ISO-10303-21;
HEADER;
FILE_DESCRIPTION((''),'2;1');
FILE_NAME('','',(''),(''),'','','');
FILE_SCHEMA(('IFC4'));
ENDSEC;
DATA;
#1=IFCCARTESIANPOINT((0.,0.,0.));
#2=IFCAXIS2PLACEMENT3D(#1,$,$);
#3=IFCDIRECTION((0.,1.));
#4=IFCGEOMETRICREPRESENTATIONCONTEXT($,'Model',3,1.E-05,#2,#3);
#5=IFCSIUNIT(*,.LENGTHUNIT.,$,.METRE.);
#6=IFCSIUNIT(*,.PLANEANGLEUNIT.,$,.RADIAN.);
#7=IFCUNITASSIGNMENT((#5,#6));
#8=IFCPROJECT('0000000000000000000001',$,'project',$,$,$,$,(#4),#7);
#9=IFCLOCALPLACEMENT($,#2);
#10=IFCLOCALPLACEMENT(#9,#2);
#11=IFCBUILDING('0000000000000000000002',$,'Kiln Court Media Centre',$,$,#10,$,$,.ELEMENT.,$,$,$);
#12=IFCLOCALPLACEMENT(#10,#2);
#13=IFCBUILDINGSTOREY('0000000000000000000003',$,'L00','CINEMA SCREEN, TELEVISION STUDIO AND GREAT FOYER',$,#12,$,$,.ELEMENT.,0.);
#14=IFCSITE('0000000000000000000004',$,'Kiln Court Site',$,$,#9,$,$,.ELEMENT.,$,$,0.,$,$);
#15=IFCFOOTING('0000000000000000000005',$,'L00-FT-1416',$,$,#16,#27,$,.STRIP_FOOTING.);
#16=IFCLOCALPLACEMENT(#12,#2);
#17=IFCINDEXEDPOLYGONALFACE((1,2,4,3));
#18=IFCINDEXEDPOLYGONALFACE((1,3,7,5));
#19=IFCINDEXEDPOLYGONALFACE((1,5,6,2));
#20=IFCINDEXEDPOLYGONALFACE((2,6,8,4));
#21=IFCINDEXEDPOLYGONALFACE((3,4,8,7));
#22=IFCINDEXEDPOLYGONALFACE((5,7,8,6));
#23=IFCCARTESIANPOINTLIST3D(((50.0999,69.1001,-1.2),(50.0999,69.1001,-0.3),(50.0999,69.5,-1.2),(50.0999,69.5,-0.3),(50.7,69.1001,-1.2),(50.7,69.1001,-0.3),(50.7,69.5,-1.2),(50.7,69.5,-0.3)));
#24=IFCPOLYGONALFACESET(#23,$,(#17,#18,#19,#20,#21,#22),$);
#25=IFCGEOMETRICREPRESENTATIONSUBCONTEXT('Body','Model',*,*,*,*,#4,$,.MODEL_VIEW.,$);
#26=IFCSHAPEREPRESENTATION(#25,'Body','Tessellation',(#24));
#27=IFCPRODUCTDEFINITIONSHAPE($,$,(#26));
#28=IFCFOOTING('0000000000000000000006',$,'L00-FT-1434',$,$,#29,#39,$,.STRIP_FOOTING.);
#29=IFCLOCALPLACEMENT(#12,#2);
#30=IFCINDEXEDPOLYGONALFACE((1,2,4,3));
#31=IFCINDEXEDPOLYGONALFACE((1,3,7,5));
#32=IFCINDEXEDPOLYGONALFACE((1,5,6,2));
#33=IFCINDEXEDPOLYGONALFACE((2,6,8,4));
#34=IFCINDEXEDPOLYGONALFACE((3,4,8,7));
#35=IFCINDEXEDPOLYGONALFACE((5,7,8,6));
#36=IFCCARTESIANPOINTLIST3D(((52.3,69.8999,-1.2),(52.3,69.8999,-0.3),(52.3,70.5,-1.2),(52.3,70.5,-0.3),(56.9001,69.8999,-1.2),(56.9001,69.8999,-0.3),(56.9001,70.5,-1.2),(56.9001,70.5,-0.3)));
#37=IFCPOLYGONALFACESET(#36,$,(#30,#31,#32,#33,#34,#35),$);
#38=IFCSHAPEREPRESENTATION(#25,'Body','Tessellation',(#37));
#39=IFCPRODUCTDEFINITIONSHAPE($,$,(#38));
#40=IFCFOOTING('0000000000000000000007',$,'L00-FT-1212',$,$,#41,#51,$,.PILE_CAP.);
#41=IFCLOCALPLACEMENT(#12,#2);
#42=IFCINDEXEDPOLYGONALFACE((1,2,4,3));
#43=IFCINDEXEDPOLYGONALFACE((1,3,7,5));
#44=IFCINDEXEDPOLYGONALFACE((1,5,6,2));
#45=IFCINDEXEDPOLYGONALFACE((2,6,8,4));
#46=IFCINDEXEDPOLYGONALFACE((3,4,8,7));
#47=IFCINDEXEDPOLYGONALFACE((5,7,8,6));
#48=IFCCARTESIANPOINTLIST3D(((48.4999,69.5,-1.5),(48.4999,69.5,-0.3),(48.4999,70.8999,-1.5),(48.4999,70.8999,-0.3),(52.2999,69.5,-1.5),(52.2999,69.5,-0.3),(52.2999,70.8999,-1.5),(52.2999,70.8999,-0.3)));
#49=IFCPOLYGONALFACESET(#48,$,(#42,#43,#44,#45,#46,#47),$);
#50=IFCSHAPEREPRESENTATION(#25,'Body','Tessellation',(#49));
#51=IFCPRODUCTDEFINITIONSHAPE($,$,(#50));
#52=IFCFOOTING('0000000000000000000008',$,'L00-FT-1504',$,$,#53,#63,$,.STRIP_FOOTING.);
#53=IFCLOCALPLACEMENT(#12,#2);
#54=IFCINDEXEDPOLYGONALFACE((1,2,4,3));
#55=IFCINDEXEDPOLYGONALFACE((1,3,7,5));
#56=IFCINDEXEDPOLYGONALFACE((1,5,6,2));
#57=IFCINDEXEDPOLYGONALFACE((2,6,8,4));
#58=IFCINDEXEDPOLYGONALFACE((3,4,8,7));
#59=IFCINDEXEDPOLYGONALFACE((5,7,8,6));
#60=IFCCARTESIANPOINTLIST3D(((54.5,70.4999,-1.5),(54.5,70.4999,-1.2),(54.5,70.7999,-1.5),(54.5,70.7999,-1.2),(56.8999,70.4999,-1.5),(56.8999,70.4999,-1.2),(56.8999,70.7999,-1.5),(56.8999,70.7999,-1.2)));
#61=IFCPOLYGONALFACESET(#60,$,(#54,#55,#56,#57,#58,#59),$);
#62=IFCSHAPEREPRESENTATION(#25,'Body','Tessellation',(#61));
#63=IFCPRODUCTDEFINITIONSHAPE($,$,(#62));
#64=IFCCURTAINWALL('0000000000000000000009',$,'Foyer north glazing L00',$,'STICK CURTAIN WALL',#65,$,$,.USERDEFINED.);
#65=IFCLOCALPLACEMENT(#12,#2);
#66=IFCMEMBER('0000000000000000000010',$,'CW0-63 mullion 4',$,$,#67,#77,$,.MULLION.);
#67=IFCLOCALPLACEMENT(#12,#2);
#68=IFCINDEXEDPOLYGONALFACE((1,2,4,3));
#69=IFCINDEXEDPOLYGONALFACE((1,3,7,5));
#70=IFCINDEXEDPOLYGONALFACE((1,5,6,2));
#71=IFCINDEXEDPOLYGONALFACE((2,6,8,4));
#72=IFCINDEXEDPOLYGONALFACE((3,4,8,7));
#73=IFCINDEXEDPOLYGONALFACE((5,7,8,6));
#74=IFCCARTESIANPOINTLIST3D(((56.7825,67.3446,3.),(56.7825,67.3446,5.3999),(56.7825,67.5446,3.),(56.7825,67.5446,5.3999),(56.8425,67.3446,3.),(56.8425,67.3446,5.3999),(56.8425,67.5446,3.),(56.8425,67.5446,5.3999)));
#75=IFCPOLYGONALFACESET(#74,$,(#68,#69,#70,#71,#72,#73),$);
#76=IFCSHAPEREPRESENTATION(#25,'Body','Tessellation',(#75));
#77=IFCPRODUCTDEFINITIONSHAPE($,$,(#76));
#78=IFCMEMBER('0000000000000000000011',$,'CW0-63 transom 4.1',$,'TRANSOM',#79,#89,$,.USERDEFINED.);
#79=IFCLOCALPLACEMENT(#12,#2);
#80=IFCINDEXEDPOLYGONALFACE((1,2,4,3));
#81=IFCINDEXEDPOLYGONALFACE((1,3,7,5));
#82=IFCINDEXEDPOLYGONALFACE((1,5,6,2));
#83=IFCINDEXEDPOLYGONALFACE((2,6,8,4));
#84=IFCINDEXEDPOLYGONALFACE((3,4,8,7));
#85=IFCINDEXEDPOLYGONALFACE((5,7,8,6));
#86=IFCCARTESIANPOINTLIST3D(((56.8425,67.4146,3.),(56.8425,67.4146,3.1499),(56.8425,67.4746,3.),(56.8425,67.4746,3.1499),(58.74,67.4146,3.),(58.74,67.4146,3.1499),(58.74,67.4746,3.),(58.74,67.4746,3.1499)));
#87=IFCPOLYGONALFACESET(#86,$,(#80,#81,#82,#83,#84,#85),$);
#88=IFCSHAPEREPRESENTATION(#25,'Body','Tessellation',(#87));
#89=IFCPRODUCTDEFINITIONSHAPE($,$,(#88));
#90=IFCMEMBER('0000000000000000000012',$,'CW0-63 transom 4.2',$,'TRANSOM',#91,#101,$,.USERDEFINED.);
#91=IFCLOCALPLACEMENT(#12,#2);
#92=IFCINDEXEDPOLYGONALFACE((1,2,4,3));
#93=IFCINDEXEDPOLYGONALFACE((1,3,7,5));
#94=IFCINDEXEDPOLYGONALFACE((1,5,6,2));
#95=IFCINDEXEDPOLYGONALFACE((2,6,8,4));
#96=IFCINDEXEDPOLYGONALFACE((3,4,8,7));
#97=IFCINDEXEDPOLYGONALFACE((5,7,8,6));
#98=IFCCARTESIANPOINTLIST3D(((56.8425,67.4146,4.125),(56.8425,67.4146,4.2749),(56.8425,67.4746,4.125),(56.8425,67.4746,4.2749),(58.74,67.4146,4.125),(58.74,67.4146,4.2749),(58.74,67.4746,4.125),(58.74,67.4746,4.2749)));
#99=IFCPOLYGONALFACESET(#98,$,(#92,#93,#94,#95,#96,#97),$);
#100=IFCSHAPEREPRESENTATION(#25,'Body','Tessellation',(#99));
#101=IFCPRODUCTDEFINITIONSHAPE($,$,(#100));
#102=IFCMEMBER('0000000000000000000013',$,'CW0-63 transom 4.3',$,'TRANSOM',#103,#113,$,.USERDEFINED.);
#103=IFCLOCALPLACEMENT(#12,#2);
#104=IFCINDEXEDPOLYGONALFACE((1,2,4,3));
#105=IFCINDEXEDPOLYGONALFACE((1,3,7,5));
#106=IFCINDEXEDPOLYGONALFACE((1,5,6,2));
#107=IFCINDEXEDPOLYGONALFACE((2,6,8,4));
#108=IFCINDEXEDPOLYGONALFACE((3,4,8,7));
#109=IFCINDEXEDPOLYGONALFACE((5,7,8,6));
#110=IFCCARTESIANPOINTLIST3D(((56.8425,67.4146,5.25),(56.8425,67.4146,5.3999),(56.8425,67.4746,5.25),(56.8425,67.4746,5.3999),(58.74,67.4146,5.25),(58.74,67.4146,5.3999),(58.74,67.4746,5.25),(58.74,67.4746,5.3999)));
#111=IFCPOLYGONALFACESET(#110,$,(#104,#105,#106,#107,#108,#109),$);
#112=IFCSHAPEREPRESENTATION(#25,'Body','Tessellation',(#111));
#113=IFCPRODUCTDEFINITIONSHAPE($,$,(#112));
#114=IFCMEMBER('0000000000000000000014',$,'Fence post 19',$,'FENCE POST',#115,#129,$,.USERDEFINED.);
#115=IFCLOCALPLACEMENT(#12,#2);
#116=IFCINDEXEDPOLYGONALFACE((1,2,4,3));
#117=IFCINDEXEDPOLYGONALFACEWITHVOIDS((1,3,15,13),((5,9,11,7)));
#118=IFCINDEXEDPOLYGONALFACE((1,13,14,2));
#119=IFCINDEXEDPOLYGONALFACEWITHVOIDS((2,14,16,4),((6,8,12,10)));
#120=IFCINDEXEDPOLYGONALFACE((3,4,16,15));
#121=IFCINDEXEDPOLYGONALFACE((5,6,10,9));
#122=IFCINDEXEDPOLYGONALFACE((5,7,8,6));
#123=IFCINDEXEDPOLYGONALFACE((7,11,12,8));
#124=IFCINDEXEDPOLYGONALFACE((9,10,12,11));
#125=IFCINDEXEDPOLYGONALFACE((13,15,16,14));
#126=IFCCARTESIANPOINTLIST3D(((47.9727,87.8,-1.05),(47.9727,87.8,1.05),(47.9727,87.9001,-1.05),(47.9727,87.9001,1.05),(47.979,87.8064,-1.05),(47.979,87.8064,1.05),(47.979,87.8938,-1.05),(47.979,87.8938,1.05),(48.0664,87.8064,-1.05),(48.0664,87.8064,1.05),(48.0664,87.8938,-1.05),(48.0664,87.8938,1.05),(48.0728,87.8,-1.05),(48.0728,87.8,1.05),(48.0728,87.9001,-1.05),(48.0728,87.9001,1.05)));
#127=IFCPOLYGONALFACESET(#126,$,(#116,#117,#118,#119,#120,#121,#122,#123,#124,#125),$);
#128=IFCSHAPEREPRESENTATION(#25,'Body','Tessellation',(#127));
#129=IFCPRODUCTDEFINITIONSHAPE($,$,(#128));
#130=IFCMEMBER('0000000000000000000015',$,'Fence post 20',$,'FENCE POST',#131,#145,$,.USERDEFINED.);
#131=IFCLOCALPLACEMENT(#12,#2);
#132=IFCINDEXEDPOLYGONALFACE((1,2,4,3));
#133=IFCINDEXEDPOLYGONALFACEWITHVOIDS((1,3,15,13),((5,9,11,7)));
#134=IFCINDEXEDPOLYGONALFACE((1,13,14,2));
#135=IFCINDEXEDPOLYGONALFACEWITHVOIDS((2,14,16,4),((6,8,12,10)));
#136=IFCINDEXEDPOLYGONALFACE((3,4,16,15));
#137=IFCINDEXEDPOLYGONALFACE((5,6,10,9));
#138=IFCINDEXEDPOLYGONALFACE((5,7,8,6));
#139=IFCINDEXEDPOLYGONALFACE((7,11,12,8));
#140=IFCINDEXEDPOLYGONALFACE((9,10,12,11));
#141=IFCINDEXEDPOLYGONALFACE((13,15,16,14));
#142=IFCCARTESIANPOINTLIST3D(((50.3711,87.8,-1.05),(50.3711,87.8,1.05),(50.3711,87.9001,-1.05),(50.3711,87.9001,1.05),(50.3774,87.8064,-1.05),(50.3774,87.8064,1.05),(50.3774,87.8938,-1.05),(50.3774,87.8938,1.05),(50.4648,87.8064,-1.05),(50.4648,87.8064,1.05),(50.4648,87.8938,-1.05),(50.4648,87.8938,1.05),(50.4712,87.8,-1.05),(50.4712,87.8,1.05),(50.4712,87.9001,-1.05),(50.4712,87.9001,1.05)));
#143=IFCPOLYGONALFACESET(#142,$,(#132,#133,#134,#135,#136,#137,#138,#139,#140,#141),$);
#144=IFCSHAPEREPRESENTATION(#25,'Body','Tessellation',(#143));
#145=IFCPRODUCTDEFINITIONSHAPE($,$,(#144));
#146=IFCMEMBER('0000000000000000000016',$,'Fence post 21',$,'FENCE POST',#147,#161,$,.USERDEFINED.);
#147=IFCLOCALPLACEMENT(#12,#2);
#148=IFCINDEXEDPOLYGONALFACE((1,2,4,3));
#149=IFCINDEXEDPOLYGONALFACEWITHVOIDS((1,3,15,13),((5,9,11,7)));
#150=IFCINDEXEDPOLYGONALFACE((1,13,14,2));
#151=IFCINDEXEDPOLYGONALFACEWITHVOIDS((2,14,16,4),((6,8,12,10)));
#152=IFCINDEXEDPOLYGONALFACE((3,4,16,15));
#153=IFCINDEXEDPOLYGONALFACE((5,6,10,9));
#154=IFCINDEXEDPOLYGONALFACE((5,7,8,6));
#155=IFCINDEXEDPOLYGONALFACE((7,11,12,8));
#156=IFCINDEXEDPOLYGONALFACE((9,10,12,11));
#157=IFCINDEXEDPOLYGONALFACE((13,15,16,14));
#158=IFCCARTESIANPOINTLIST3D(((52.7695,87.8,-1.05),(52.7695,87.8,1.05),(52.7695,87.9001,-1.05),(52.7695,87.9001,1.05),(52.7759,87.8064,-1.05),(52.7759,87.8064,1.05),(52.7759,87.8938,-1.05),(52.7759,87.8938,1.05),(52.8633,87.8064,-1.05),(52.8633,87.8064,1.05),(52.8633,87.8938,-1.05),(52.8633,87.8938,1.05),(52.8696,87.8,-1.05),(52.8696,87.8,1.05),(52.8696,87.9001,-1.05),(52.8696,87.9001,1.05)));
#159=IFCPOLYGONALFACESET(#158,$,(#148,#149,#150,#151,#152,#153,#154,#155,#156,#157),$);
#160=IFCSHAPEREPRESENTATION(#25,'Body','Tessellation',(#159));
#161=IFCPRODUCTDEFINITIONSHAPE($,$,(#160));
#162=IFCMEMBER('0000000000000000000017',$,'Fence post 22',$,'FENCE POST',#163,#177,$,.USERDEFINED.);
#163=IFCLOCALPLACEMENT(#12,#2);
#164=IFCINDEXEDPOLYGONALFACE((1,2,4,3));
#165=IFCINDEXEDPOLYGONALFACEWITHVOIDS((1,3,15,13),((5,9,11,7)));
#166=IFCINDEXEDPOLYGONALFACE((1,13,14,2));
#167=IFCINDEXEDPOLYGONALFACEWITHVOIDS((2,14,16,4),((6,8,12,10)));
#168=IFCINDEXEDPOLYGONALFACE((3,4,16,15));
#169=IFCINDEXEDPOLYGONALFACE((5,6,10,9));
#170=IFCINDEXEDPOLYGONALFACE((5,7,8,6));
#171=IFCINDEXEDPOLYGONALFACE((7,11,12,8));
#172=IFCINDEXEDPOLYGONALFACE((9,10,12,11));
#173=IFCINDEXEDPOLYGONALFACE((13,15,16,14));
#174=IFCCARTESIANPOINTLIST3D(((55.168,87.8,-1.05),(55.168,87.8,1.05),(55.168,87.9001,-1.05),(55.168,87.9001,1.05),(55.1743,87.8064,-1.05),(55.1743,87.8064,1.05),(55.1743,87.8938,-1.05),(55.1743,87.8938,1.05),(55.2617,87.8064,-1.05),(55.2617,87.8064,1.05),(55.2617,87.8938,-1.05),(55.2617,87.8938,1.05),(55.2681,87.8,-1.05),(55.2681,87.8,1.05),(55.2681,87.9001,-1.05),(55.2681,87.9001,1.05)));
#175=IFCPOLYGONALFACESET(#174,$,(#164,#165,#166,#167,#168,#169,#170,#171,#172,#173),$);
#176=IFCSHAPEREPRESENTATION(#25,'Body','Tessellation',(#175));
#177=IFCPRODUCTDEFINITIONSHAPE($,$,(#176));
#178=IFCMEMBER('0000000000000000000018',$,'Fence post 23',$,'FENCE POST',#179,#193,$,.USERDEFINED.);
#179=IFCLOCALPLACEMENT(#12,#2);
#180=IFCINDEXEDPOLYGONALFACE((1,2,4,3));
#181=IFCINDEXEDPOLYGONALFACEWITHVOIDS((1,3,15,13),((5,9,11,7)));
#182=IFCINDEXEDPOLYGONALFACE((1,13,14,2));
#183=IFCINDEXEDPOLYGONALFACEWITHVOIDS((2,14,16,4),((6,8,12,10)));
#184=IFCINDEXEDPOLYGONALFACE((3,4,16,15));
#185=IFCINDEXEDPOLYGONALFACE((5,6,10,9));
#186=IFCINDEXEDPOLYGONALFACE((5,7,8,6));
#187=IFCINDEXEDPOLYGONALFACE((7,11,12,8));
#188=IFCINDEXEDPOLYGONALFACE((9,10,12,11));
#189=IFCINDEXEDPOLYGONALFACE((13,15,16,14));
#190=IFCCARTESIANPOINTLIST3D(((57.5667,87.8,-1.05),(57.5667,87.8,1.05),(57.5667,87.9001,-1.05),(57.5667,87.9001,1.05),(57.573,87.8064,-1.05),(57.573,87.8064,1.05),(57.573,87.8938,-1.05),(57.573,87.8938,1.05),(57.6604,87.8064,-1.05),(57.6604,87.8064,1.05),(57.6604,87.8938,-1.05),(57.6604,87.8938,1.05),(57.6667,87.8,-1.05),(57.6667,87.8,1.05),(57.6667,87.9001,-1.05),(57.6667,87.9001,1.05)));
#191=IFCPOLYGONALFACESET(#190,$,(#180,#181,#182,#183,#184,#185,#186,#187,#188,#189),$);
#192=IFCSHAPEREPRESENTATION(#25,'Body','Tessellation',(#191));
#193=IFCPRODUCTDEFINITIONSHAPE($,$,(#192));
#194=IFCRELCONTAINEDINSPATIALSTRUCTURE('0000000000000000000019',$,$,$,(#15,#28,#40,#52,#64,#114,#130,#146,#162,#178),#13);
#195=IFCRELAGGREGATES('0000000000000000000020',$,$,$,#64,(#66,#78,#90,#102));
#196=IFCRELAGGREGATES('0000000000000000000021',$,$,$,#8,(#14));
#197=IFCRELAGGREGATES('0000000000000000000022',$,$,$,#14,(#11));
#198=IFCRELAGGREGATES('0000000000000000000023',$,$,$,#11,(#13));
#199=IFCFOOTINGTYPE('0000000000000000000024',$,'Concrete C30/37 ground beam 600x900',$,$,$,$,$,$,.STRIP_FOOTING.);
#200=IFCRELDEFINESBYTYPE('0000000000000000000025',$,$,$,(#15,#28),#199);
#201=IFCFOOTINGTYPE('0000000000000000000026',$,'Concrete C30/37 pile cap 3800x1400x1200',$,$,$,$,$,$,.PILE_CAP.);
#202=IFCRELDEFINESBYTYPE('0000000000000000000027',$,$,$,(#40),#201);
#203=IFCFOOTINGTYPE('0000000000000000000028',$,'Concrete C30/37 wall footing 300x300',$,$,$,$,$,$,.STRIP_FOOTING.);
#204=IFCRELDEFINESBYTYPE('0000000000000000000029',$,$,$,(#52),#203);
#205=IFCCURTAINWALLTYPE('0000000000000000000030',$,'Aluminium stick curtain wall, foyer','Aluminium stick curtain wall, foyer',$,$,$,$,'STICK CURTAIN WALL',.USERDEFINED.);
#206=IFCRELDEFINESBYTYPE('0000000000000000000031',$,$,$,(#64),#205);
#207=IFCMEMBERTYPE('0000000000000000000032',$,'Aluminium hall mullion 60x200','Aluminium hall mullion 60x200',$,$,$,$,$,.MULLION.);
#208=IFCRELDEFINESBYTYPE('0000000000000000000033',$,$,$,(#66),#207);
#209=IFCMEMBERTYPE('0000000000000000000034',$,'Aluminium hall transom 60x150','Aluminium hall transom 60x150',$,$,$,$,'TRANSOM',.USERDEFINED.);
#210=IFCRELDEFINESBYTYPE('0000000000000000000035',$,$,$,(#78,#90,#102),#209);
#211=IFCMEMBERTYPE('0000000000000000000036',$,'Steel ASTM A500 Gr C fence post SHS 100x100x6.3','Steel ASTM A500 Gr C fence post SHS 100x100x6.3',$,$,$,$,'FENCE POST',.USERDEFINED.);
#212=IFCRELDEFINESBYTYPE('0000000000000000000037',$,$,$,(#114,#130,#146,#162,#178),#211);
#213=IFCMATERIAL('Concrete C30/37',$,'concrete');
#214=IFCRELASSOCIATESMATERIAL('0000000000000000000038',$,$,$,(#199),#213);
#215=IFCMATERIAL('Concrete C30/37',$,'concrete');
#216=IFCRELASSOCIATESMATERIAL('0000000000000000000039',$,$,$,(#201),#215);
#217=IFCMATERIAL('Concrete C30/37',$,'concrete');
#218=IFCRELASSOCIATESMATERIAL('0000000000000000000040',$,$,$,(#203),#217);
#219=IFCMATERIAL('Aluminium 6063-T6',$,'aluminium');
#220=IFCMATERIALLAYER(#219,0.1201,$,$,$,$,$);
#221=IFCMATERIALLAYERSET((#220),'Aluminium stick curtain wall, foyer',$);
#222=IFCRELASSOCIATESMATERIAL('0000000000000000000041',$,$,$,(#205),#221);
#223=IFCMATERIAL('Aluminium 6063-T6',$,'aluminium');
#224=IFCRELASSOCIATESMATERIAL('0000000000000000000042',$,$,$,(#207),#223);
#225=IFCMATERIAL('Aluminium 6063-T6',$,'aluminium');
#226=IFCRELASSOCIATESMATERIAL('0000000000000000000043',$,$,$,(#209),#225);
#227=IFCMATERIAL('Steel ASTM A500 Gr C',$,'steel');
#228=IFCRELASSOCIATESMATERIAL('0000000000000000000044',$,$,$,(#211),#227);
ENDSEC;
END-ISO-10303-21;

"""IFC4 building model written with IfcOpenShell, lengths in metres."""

from ifc_helpers import new_model, si_unit, direction, frame, origin, origin_2d, place, context, subcontext, project, spatial, rectangle, hollow_rectangle, extrude, material, layer, layer_set, material_profile, profile_set, type_object, element, aggregate, save


model = new_model("IFC4")

# Units and contexts
model_context = context("Model", 3, precision=1e-05, world=origin(), true_north=direction((0.0, 1.0)))
body_context = subcontext(model_context, "Body", "Model", "MODEL_VIEW")
ifc_project = project(units=[si_unit("LENGTHUNIT", "METRE"), si_unit("PLANEANGLEUNIT", "RADIAN")], contexts=[model_context])

# Site, building, storey
site_placement = place(None, origin())
site = spatial("IfcSite", under=ifc_project, at=site_placement, Name="Kiln Court Site", CompositionType="ELEMENT", RefElevation=0.0)
building_placement = place(site_placement, origin())
building = spatial("IfcBuilding", under=site, at=building_placement, Name="Kiln Court Media Centre", CompositionType="ELEMENT")
storey_placement = place(building_placement, origin())
storey = spatial("IfcBuildingStorey", under=building, at=storey_placement, Name="L00", Description="CINEMA SCREEN, TELEVISION STUDIO AND GREAT FOYER", CompositionType="ELEMENT", Elevation=0.0)

# Footings
ifc_material_1 = material(Name="Concrete C30/37", Category="concrete")
footing_type_1 = type_object("IfcFootingType", Name="Concrete C30/37 ground beam 600x900", PredefinedType="STRIP_FOOTING", material=ifc_material_1)
footing_1_placement = place(storey_placement, frame((50.3999, 69.3, -1.2), z_axis=(0.0, 0.0, 1.0), x_axis=(1.0, 0.0, 0.0)))
element("IfcFooting", 1, at=footing_1_placement, inside=storey, type_object=footing_type_1, Name="L00-FT-1416", PredefinedType="STRIP_FOOTING", context=body_context, shape_type="SweptSolid", body=[
    extrude(rectangle(XDim=0.6001, YDim=0.3999, at=origin_2d()), origin(), (0.0, 0.0, 1.0), 0.8999),
])
footing_2_placement = place(storey_placement, frame((54.6001, 70.2, -1.2), z_axis=(0.0, 0.0, 1.0), x_axis=(1.0, 0.0, 0.0)))
element("IfcFooting", 2, at=footing_2_placement, inside=storey, type_object=footing_type_1, Name="L00-FT-1434", PredefinedType="STRIP_FOOTING", context=body_context, shape_type="SweptSolid", body=[
    extrude(rectangle(XDim=4.6001, YDim=0.6001, at=origin_2d()), origin(), (0.0, 0.0, 1.0), 0.8999),
])
ifc_material_2 = material(Name="Concrete C30/37", Category="concrete")
footing_type_2 = type_object("IfcFootingType", Name="Concrete C30/37 pile cap 3800x1400x1200", PredefinedType="PILE_CAP", material=ifc_material_2)
footing_3_placement = place(storey_placement, frame((50.3999, 70.2, -1.5), z_axis=(0.0, 0.0, 1.0), x_axis=(1.0, 0.0, 0.0)))
element("IfcFooting", 3, at=footing_3_placement, inside=storey, type_object=footing_type_2, Name="L00-FT-1212", PredefinedType="PILE_CAP", context=body_context, shape_type="SweptSolid", body=[
    extrude(rectangle(XDim=3.8, YDim=1.3999, at=origin_2d()), origin(), (0.0, 0.0, 1.0), 1.2),
])
ifc_material_3 = material(Name="Concrete C30/37", Category="concrete")
footing_type_3 = type_object("IfcFootingType", Name="Concrete C30/37 wall footing 300x300", PredefinedType="STRIP_FOOTING", material=ifc_material_3)
footing_4_placement = place(storey_placement, frame((55.7, 70.6499, -1.5), z_axis=(0.0, 0.0, 1.0), x_axis=(1.0, 0.0, 0.0)))
element("IfcFooting", 4, at=footing_4_placement, inside=storey, type_object=footing_type_3, Name="L00-FT-1504", PredefinedType="STRIP_FOOTING", context=body_context, shape_type="SweptSolid", body=[
    extrude(rectangle(XDim=2.3999, YDim=0.3, at=origin_2d()), origin(), (0.0, 0.0, 1.0), 0.3),
])

# Curtain wall, members
ifc_material_4 = material(Name="Aluminium 6063-T6", Category="aluminium")
ifc_layer_1 = layer(ifc_material_4, 0.1201)
ifc_layer_set_1 = layer_set([ifc_layer_1], Name="Aluminium stick curtain wall, foyer")
curtain_wall_type = type_object("IfcCurtainWallType", Name="Aluminium stick curtain wall, foyer", Description="Aluminium stick curtain wall, foyer", ElementType="STICK CURTAIN WALL", PredefinedType="USERDEFINED", material=ifc_layer_set_1)
curtain_wall_placement = place(storey_placement, origin())
curtain_wall = element("IfcCurtainWall", 5, at=curtain_wall_placement, inside=storey, type_object=curtain_wall_type, Name="Foyer north glazing L00", ObjectType="STICK CURTAIN WALL", PredefinedType="USERDEFINED")
ifc_material_5 = material(Name="Aluminium 6063-T6", Category="aluminium")
ifc_material_profile_1 = material_profile(ifc_material_5, rectangle(XDim=0.0601, YDim=0.2, at=origin_2d()), Name="Aluminium hall mullion 60x200")
ifc_profile_set_1 = profile_set([ifc_material_profile_1], Name="Aluminium 6063-T6")
member_type_1 = type_object("IfcMemberType", Name="Aluminium hall mullion 60x200", Description="Aluminium hall mullion 60x200", PredefinedType="MULLION", material=ifc_profile_set_1)
member_1_placement = place(storey_placement, frame((56.8125, 67.4446, 3.0), z_axis=(0.0, 0.0, 1.0), x_axis=(1.0, 0.0, 0.0)))
member_1 = element("IfcMember", 6, at=member_1_placement, type_object=member_type_1, Name="CW0-63 mullion 4", PredefinedType="MULLION", context=body_context, shape_type="SweptSolid", body=[
    extrude(rectangle(XDim=0.0601, YDim=0.2, at=origin_2d()), origin(), (0.0, 0.0, 1.0), 2.3999),
])
ifc_material_6 = material(Name="Aluminium 6063-T6", Category="aluminium")
ifc_material_profile_2 = material_profile(ifc_material_6, rectangle(XDim=0.0601, YDim=0.1499, at=origin_2d()), Name="Aluminium hall transom 60x150")
ifc_profile_set_2 = profile_set([ifc_material_profile_2], Name="Aluminium 6063-T6")
member_type_2 = type_object("IfcMemberType", Name="Aluminium hall transom 60x150", Description="Aluminium hall transom 60x150", ElementType="TRANSOM", PredefinedType="USERDEFINED", material=ifc_profile_set_2)
member_2_placement = place(storey_placement, frame((56.8425, 67.4446, 3.075), z_axis=(1.0, 0.0, 0.0), x_axis=(0.0, 1.0, 0.0)))
member_2 = element("IfcMember", 7, at=member_2_placement, type_object=member_type_2, Name="CW0-63 transom 4.1", ObjectType="TRANSOM", PredefinedType="USERDEFINED", context=body_context, shape_type="SweptSolid", body=[
    extrude(rectangle(XDim=0.0601, YDim=0.1499, at=origin_2d()), origin(), (0.0, 0.0, 1.0), 1.8975),
])
member_3_placement = place(storey_placement, frame((56.8425, 67.4446, 4.2), z_axis=(1.0, 0.0, 0.0), x_axis=(0.0, 1.0, 0.0)))
member_3 = element("IfcMember", 8, at=member_3_placement, type_object=member_type_2, Name="CW0-63 transom 4.2", ObjectType="TRANSOM", PredefinedType="USERDEFINED", context=body_context, shape_type="SweptSolid", body=[
    extrude(rectangle(XDim=0.0601, YDim=0.1499, at=origin_2d()), origin(), (0.0, 0.0, 1.0), 1.8975),
])
member_4_placement = place(storey_placement, frame((56.8425, 67.4446, 5.325), z_axis=(1.0, 0.0, 0.0), x_axis=(0.0, 1.0, 0.0)))
member_4 = element("IfcMember", 9, at=member_4_placement, type_object=member_type_2, Name="CW0-63 transom 4.3", ObjectType="TRANSOM", PredefinedType="USERDEFINED", context=body_context, shape_type="SweptSolid", body=[
    extrude(rectangle(XDim=0.0601, YDim=0.1499, at=origin_2d()), origin(), (0.0, 0.0, 1.0), 1.8975),
])

# Members
ifc_material_7 = material(Name="Steel ASTM A500 Gr C", Category="steel")
ifc_material_profile_3 = material_profile(ifc_material_7, hollow_rectangle(XDim=0.1001, YDim=0.1001, WallThickness=0.0063, at=origin_2d()), Name="SHS 100x100x6.3")
ifc_profile_set_3 = profile_set([ifc_material_profile_3], Name="Steel ASTM A500 Gr C")
member_type_3 = type_object("IfcMemberType", Name="Steel ASTM A500 Gr C fence post SHS 100x100x6.3", Description="Steel ASTM A500 Gr C fence post SHS 100x100x6.3", ElementType="FENCE POST", PredefinedType="USERDEFINED", material=ifc_profile_set_3)
for number, where, z_axis, x_axis, name in (
    (10, (48.0227, 87.8501, -1.05), (0.0, 0.0, 1.0), (1.0, 0.0, 0.0), "Fence post 19"),
    (11, (50.4211, 87.8501, -1.05), (0.0, 0.0, 1.0), (1.0, 0.0, 0.0), "Fence post 20"),
    (12, (52.8196, 87.8501, -1.05), (0.0, 0.0, 1.0), (1.0, 0.0, 0.0), "Fence post 21"),
    (13, (55.218, 87.8501, -1.05), (0.0, 0.0, 1.0), (1.0, 0.0, 0.0), "Fence post 22"),
    (14, (57.6167, 87.8501, -1.05), (0.0, 0.0, 1.0), (1.0, 0.0, 0.0), "Fence post 23"),
):
    element("IfcMember", number, at=place(storey_placement, frame(where, z_axis=z_axis, x_axis=x_axis)), inside=storey, type_object=member_type_3, Name=name, ObjectType="FENCE POST", PredefinedType="USERDEFINED", context=body_context, shape_type="SweptSolid", body=[
        extrude(hollow_rectangle(XDim=0.1001, YDim=0.1001, WallThickness=0.0063, at=origin_2d()), origin(), (0.0, 0.0, 1.0), 2.1001),
    ])

aggregate(curtain_wall, [member_1, member_2, member_3, member_4])

save(model, "model.ifc")
